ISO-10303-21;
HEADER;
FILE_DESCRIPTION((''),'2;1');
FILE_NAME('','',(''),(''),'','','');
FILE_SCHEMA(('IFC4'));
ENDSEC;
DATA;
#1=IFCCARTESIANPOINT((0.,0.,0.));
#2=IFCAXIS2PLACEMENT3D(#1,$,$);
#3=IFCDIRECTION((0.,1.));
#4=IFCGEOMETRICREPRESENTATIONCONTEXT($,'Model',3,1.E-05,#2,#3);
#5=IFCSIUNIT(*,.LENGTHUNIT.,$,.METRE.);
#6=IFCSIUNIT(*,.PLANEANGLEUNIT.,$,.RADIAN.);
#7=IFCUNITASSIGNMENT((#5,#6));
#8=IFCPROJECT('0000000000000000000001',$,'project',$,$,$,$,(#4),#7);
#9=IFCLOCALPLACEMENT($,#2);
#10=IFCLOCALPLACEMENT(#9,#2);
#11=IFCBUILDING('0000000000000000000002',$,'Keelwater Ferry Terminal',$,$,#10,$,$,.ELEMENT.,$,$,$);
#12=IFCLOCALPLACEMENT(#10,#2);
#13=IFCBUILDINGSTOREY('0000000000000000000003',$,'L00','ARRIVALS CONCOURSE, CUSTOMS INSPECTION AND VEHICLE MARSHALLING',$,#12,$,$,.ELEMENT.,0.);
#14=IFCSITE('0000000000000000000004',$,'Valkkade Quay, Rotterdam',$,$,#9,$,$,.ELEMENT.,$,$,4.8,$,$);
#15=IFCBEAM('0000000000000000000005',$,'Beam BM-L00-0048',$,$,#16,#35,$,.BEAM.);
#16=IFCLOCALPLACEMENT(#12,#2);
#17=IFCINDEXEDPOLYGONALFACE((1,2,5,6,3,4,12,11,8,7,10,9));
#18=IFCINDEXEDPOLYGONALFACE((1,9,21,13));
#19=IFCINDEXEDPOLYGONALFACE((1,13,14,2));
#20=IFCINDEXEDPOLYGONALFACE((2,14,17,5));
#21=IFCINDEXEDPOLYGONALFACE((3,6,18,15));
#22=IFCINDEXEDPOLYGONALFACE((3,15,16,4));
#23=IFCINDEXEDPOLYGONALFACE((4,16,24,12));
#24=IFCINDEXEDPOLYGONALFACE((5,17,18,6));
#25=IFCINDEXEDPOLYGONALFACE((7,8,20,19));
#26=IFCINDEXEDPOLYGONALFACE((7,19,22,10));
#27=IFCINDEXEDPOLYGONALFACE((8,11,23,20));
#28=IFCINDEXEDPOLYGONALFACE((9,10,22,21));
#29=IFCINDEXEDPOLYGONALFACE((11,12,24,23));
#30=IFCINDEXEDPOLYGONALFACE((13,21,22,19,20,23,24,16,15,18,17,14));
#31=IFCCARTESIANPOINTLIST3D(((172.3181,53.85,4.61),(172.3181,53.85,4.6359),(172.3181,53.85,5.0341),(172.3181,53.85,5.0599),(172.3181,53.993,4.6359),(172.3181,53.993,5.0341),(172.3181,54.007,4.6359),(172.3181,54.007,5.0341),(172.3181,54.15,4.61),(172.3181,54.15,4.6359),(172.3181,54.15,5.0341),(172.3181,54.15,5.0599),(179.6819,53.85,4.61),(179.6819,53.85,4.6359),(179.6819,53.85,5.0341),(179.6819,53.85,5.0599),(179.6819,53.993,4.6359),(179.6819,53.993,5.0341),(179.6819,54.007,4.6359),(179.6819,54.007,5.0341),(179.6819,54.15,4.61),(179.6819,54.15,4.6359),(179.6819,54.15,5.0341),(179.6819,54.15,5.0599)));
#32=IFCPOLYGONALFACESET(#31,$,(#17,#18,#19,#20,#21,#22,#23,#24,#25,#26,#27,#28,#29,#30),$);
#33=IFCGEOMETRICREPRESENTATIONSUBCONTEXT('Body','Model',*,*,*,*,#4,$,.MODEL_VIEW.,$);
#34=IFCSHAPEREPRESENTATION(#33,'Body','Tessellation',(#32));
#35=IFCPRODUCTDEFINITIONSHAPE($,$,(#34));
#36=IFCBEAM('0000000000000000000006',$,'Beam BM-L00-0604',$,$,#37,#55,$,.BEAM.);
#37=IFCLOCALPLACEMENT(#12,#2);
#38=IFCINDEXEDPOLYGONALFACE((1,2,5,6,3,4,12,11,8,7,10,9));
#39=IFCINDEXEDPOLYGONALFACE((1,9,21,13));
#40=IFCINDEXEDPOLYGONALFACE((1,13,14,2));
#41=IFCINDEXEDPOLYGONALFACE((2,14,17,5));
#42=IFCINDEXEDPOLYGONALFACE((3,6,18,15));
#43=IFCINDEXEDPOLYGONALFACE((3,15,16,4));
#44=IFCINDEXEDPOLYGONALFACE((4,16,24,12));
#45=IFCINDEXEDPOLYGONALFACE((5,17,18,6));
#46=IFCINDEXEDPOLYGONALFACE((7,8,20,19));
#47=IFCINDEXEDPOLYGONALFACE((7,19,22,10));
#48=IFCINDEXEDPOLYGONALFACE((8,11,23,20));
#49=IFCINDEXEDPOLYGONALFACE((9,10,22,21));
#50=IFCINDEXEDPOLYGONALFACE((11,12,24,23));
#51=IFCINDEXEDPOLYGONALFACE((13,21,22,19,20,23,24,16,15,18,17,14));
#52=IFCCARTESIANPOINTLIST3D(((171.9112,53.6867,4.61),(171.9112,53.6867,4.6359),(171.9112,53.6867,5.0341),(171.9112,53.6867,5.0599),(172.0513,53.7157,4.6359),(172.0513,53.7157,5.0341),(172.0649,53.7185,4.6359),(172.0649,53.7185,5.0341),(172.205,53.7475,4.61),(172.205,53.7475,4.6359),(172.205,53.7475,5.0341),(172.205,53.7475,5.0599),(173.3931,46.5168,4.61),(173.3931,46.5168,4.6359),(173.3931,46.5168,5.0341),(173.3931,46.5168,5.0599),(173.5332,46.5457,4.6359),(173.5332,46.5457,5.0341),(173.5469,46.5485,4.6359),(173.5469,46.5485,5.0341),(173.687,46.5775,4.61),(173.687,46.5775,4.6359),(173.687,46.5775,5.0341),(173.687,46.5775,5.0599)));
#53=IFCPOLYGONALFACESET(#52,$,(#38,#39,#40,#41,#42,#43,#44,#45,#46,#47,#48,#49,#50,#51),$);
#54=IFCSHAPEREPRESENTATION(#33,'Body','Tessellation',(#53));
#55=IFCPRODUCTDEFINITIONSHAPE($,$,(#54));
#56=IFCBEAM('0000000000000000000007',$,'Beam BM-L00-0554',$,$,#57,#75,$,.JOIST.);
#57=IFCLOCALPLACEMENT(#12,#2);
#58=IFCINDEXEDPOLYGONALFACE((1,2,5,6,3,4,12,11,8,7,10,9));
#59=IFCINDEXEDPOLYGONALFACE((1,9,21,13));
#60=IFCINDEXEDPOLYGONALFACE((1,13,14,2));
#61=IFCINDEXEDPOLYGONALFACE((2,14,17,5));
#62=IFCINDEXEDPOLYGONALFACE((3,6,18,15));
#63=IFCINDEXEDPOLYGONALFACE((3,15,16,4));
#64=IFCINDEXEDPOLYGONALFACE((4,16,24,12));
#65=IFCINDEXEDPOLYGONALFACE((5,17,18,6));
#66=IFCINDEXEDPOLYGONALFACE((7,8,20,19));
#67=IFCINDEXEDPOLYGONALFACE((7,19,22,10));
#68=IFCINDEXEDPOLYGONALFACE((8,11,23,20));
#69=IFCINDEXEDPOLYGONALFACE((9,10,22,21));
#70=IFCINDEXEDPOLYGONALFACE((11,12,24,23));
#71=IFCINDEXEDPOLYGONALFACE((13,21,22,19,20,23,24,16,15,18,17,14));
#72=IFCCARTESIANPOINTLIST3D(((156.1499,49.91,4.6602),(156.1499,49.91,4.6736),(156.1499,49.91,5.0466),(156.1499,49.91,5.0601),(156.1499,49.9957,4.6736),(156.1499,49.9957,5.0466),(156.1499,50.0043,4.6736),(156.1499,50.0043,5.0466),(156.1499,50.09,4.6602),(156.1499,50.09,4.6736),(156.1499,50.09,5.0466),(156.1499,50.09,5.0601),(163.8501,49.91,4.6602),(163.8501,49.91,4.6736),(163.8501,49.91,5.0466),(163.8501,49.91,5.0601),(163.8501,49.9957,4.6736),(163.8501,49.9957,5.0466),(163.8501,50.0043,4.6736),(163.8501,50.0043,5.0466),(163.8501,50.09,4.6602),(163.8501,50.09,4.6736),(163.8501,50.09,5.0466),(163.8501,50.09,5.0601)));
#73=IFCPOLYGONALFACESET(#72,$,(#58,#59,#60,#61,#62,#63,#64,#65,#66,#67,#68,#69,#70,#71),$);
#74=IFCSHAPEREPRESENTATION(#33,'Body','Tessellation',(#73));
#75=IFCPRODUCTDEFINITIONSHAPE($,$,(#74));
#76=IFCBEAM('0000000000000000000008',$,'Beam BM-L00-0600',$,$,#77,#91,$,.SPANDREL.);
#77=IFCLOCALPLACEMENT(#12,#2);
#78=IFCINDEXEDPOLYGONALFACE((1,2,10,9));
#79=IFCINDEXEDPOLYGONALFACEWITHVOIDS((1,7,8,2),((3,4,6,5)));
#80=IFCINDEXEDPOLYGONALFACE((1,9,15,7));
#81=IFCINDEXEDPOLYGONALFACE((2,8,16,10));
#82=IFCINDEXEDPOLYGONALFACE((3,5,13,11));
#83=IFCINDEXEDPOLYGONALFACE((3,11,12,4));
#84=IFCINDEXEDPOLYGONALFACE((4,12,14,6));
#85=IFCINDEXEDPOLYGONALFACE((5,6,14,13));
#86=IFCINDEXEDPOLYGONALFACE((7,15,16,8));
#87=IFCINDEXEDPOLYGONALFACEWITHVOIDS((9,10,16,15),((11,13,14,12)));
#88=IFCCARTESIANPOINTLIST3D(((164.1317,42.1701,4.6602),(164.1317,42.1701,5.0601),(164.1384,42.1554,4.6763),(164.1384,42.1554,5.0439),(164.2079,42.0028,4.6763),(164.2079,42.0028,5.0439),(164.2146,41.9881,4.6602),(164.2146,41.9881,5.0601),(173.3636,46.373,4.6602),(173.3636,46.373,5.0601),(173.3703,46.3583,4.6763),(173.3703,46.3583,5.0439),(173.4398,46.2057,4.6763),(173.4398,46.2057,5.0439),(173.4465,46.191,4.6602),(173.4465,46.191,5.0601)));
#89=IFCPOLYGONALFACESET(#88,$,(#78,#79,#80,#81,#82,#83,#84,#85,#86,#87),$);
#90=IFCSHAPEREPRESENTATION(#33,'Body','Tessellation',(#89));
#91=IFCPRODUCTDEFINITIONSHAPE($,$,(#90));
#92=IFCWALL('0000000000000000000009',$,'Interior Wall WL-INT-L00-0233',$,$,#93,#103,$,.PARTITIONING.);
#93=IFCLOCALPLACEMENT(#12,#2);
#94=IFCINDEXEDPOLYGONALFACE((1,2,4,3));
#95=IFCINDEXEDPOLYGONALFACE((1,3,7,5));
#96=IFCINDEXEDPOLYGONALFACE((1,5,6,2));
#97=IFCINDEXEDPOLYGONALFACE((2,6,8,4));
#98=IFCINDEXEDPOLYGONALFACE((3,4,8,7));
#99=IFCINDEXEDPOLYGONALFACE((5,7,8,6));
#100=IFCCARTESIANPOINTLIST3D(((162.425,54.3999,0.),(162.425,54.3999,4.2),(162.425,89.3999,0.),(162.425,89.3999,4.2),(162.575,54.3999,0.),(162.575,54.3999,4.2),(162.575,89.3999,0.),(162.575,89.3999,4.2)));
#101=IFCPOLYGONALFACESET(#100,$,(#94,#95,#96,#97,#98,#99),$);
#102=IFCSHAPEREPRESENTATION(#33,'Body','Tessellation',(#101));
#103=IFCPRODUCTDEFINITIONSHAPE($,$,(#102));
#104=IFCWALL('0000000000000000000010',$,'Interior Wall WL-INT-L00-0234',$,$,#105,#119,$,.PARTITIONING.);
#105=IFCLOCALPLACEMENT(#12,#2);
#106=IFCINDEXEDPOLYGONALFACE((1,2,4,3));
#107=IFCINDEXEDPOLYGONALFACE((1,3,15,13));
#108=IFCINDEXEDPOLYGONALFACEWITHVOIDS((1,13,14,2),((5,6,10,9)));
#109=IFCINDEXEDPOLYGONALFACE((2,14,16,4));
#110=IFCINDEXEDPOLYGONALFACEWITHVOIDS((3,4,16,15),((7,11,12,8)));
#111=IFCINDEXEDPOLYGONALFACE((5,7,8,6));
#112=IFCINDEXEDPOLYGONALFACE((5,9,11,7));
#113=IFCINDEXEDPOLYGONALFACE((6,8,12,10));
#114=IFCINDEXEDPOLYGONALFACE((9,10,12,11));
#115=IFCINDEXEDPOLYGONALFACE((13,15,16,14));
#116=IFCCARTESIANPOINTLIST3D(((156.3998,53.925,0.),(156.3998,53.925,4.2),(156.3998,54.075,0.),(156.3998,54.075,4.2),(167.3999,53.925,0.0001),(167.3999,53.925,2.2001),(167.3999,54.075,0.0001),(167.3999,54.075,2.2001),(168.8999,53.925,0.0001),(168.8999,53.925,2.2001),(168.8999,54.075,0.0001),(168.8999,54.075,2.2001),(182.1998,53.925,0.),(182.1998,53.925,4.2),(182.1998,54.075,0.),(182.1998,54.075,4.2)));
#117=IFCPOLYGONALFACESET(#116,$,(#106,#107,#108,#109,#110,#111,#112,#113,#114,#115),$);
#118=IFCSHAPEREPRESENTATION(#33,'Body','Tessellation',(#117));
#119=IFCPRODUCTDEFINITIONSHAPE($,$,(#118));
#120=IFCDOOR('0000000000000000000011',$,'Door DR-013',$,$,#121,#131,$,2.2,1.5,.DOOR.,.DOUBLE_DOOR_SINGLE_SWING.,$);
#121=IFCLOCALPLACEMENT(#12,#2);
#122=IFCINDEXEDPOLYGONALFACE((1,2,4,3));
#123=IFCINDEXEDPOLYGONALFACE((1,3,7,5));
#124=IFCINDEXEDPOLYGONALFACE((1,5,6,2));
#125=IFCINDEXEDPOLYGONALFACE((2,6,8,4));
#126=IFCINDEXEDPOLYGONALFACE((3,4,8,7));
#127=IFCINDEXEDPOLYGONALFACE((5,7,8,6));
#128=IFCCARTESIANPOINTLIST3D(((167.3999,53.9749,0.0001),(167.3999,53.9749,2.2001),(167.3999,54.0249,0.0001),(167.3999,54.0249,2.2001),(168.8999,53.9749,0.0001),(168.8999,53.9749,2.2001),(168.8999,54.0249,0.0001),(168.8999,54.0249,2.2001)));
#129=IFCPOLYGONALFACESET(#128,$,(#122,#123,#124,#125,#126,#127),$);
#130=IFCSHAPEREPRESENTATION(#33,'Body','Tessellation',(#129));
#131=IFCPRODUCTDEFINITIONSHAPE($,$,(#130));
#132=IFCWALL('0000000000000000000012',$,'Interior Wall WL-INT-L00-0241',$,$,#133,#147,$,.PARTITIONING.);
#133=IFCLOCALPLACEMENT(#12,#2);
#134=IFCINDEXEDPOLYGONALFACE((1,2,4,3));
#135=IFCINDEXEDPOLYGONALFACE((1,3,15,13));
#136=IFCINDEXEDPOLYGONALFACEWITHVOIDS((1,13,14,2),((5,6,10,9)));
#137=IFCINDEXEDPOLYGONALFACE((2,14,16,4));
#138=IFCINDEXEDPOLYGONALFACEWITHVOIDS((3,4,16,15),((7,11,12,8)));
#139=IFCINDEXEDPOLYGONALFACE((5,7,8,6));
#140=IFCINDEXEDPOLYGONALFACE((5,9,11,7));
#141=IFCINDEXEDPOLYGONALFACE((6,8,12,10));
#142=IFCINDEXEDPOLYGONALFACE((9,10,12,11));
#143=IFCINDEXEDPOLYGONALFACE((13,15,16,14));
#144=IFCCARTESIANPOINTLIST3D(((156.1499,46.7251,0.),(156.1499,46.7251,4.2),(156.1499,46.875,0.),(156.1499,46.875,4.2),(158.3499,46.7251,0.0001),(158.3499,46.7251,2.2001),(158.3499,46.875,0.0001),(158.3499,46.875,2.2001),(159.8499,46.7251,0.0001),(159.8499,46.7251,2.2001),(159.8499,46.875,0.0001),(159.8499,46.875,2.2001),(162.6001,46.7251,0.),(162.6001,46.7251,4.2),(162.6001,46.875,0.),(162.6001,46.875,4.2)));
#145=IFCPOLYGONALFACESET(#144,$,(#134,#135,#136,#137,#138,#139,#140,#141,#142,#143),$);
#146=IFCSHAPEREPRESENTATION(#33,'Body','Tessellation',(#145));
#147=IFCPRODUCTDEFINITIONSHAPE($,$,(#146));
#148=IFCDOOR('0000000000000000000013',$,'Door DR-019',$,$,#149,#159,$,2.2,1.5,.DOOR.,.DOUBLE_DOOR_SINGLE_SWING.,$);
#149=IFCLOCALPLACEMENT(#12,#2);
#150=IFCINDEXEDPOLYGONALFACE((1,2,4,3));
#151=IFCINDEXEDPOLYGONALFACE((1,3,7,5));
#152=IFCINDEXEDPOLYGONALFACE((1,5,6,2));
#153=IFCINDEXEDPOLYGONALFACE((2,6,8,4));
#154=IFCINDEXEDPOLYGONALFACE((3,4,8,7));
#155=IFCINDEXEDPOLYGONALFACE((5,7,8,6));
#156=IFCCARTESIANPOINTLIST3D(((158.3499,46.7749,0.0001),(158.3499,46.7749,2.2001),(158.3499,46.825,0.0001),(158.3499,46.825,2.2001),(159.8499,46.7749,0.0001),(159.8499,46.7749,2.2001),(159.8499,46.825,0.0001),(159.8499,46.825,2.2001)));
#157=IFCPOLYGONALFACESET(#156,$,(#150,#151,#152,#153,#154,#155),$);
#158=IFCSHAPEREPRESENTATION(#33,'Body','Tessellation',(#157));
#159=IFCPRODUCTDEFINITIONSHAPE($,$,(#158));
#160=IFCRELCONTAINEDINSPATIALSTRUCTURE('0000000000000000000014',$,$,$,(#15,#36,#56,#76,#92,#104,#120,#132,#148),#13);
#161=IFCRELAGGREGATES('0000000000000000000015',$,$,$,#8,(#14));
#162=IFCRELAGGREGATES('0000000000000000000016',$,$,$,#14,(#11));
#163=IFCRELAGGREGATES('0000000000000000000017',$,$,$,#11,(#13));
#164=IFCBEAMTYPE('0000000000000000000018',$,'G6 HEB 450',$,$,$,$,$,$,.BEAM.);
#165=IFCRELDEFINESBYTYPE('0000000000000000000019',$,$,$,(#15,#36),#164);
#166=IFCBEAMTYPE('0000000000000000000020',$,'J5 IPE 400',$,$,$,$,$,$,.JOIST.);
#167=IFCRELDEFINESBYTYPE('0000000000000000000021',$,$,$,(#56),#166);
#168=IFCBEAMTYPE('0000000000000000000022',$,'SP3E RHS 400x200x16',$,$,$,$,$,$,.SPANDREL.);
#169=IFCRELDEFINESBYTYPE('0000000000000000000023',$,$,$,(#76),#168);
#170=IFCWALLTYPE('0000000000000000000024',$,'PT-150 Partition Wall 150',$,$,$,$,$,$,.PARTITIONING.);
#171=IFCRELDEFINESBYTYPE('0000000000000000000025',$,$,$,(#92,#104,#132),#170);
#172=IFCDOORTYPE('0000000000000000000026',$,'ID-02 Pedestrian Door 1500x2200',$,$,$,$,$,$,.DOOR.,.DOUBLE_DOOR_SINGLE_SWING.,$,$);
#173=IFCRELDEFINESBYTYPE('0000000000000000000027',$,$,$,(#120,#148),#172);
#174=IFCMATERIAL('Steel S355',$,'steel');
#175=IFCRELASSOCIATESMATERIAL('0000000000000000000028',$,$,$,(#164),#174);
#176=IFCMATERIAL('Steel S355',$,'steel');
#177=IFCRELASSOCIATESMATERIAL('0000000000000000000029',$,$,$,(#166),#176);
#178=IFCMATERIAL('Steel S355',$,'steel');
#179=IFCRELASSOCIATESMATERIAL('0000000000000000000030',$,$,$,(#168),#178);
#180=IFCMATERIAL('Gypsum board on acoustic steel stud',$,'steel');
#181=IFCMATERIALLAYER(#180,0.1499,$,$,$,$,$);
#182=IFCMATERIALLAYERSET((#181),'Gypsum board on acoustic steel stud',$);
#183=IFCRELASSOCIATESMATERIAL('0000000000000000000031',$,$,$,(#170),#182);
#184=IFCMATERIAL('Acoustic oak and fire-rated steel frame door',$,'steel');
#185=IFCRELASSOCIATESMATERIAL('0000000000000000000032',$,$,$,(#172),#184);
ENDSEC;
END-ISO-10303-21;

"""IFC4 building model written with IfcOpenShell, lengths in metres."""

from ifc_helpers import new_model, si_unit, direction, frame, frame_2d, origin, origin_2d, place, context, subcontext, project, spatial, rectangle, hollow_rectangle, i_section, extrude, material, layer, layer_set, material_profile, profile_set, type_object, element, fill, save


model = new_model("IFC4")

# Units and contexts
model_context = context("Model", 3, precision=1e-05, world=origin(), true_north=direction((0.0, 1.0)))
body_context = subcontext(model_context, "Body", "Model", "MODEL_VIEW")
ifc_project = project(units=[si_unit("LENGTHUNIT", "METRE"), si_unit("PLANEANGLEUNIT", "RADIAN")], contexts=[model_context])

# Site, building, storey
site_placement = place(None, origin())
site = spatial("IfcSite", under=ifc_project, at=site_placement, Name="Valkkade Quay, Rotterdam", CompositionType="ELEMENT", RefElevation=4.8)
building_placement = place(site_placement, origin())
building = spatial("IfcBuilding", under=site, at=building_placement, Name="Keelwater Ferry Terminal", CompositionType="ELEMENT")
storey_placement = place(building_placement, origin())
storey = spatial("IfcBuildingStorey", under=building, at=storey_placement, Name="L00", Description="ARRIVALS CONCOURSE, CUSTOMS INSPECTION AND VEHICLE MARSHALLING", CompositionType="ELEMENT", Elevation=0.0)

# Beams
ifc_material_1 = material(Name="Steel S355", Category="steel")
ifc_material_profile_1 = material_profile(ifc_material_1, i_section(OverallWidth=0.3, OverallDepth=0.45, WebThickness=0.0139, FlangeThickness=0.0259, at=origin_2d()), Name="HEB 450")
ifc_profile_set_1 = profile_set([ifc_material_profile_1], Name="Steel S355")
beam_type_1 = type_object("IfcBeamType", Name="G6 HEB 450", PredefinedType="BEAM", material=ifc_profile_set_1)
for number, where, z_axis, x_axis, name in (
    (1, (172.3181, 54.0, 4.835), (1.0, 0.0, 0.0), (0.0, 1.0, 0.0), "Beam BM-L00-0048"),
):
    element("IfcBeam", number, at=place(storey_placement, frame(where, z_axis=z_axis, x_axis=x_axis)), inside=storey, type_object=beam_type_1, Name=name, PredefinedType="BEAM", context=body_context, shape_type="SweptSolid", body=[
        extrude(i_section(OverallWidth=0.3, OverallDepth=0.45, WebThickness=0.0139, FlangeThickness=0.0259, at=origin_2d()), origin(), (0.0, 0.0, 1.0), 7.3638),
    ])
beam_1_placement = place(storey_placement, frame((173.54, 46.5471, 4.835), z_axis=(-0.202409, 0.979301, 0.0), x_axis=(-0.979301, -0.202409, 0.0)))
element("IfcBeam", 2, at=beam_1_placement, inside=storey, type_object=beam_type_1, Name="Beam BM-L00-0604", PredefinedType="BEAM", context=body_context, shape_type="SweptSolid", body=[
    extrude(i_section(OverallWidth=0.3, OverallDepth=0.45, WebThickness=0.0139, FlangeThickness=0.0259, at=origin_2d()), origin(), (0.0, 0.0, 1.0), 7.3215),
])
ifc_material_2 = material(Name="Steel S355", Category="steel")
ifc_material_profile_2 = material_profile(ifc_material_2, i_section(OverallWidth=0.1799, OverallDepth=0.3999, WebThickness=0.0085, FlangeThickness=0.0134, at=origin_2d()), Name="IPE 400")
ifc_profile_set_2 = profile_set([ifc_material_profile_2], Name="Steel S355")
beam_type_2 = type_object("IfcBeamType", Name="J5 IPE 400", PredefinedType="JOIST", material=ifc_profile_set_2)
beam_2_placement = place(storey_placement, frame((156.1499, 50.0, 4.8601), z_axis=(1.0, 0.0, 0.0), x_axis=(0.0, 1.0, 0.0)))
element("IfcBeam", 3, at=beam_2_placement, inside=storey, type_object=beam_type_2, Name="Beam BM-L00-0554", PredefinedType="JOIST", context=body_context, shape_type="SweptSolid", body=[
    extrude(i_section(OverallWidth=0.1799, OverallDepth=0.3999, WebThickness=0.0085, FlangeThickness=0.0134, at=origin_2d()), origin(), (0.0, 0.0, 1.0), 7.7002),
])
ifc_material_3 = material(Name="Steel S355", Category="steel")
ifc_material_profile_3 = material_profile(ifc_material_3, hollow_rectangle(XDim=0.2, YDim=0.3999, WallThickness=0.0161, at=origin_2d()), Name="RHS 400x200x16")
ifc_profile_set_3 = profile_set([ifc_material_profile_3], Name="Steel S355")
beam_type_3 = type_object("IfcBeamType", Name="SP3E RHS 400x200x16", PredefinedType="SPANDREL", material=ifc_profile_set_3)
beam_3_placement = place(storey_placement, frame((173.405, 46.282, 4.8601), z_axis=(-0.910123, -0.414338, 0.0), x_axis=(0.414338, -0.910123, 0.0)))
element("IfcBeam", 4, at=beam_3_placement, inside=storey, type_object=beam_type_3, Name="Beam BM-L00-0600", PredefinedType="SPANDREL", context=body_context, shape_type="SweptSolid", body=[
    extrude(hollow_rectangle(XDim=0.2, YDim=0.3999, WallThickness=0.0161, at=origin_2d()), origin(), (0.0, 0.0, 1.0), 10.1436),
])

# Wall
ifc_material_4 = material(Name="Gypsum board on acoustic steel stud", Category="steel")
ifc_layer = layer(ifc_material_4, 0.1499)
ifc_layer_set = layer_set([ifc_layer], Name="Gypsum board on acoustic steel stud")
wall_type = type_object("IfcWallType", Name="PT-150 Partition Wall 150", PredefinedType="PARTITIONING", material=ifc_layer_set)
wall_1_placement = place(storey_placement, frame((162.5, 54.3999, 0.0), z_axis=(0.0, 0.0, 1.0), x_axis=(0.0, 1.0, 0.0)))
element("IfcWall", 5, at=wall_1_placement, inside=storey, type_object=wall_type, Name="Interior Wall WL-INT-L00-0233", PredefinedType="PARTITIONING", context=body_context, shape_type="SweptSolid", body=[
    extrude(rectangle(XDim=35.0, YDim=0.1499, at=frame_2d((17.5, 0.0))), origin(), (0.0, 0.0, 1.0), 4.2),
])

# Walls, openings, doors
wall_2_placement = place(storey_placement, frame((156.3999, 54.0, 0.0), z_axis=(0.0, 0.0, 1.0), x_axis=(1.0, 0.0, 0.0)))
wall_2 = element("IfcWall", 6, at=wall_2_placement, inside=storey, type_object=wall_type, Name="Interior Wall WL-INT-L00-0234", PredefinedType="PARTITIONING", context=body_context, shape_type="SweptSolid", body=[
    extrude(rectangle(XDim=25.8, YDim=0.1499, at=frame_2d((12.8999, 0.0))), origin(), (0.0, 0.0, 1.0), 4.2),
])
opening_1_placement = place(wall_2_placement, frame((11.0, 0.0, 0.0)))
opening_1 = element("IfcOpeningElement", 7, at=opening_1_placement, cuts=wall_2, PredefinedType="OPENING", context=body_context, shape_type="SweptSolid", body=[
    extrude(rectangle(XDim=1.5, YDim=2.2, at=frame_2d((0.75, 1.1001))), frame((0.0, 0.085, 0.0), z_axis=(0.0, -1.0, 0.0), x_axis=(1.0, 0.0, 0.0)), (0.0, 0.0, 1.0), 0.1699),
])
ifc_material_5 = material(Name="Acoustic oak and fire-rated steel frame door", Category="steel")
door_type = type_object("IfcDoorType", Name="ID-02 Pedestrian Door 1500x2200", OperationType="DOUBLE_DOOR_SINGLE_SWING", PredefinedType="DOOR", material=ifc_material_5)
door_1_placement = place(opening_1_placement, origin())
door_1 = element("IfcDoor", 8, at=door_1_placement, inside=storey, type_object=door_type, Name="Door DR-013", OperationType="DOUBLE_DOOR_SINGLE_SWING", OverallHeight=2.2, OverallWidth=1.5, PredefinedType="DOOR", context=body_context, shape_type="SweptSolid", body=[
    extrude(rectangle(XDim=1.5, YDim=2.2, at=frame_2d((0.75, 1.1001))), frame((0.0, 0.0249, 0.0), z_axis=(0.0, -1.0, 0.0), x_axis=(1.0, 0.0, 0.0)), (0.0, 0.0, 1.0), 0.05),
])
fill(opening_1, door_1)
wall_3_placement = place(storey_placement, frame((156.1499, 46.8, 0.0), z_axis=(0.0, 0.0, 1.0), x_axis=(1.0, 0.0, 0.0)))
wall_3 = element("IfcWall", 9, at=wall_3_placement, inside=storey, type_object=wall_type, Name="Interior Wall WL-INT-L00-0241", PredefinedType="PARTITIONING", context=body_context, shape_type="SweptSolid", body=[
    extrude(rectangle(XDim=6.4502, YDim=0.1499, at=frame_2d((3.2251, 0.0))), origin(), (0.0, 0.0, 1.0), 4.2),
])
opening_2_placement = place(wall_3_placement, frame((2.2, 0.0, 0.0)))
opening_2 = element("IfcOpeningElement", 10, at=opening_2_placement, cuts=wall_3, PredefinedType="OPENING", context=body_context, shape_type="SweptSolid", body=[
    extrude(rectangle(XDim=1.5, YDim=2.2, at=frame_2d((0.75, 1.1001))), frame((0.0, 0.085, 0.0), z_axis=(0.0, -1.0, 0.0), x_axis=(1.0, 0.0, 0.0)), (0.0, 0.0, 1.0), 0.1699),
])
door_2_placement = place(opening_2_placement, origin())
door_2 = element("IfcDoor", 11, at=door_2_placement, inside=storey, type_object=door_type, Name="Door DR-019", OperationType="DOUBLE_DOOR_SINGLE_SWING", OverallHeight=2.2, OverallWidth=1.5, PredefinedType="DOOR", context=body_context, shape_type="SweptSolid", body=[
    extrude(rectangle(XDim=1.5, YDim=2.2, at=frame_2d((0.75, 1.1001))), frame((0.0, 0.0249, 0.0), z_axis=(0.0, -1.0, 0.0), x_axis=(1.0, 0.0, 0.0)), (0.0, 0.0, 1.0), 0.05),
])
fill(opening_2, door_2)

save(model, "model.ifc")
